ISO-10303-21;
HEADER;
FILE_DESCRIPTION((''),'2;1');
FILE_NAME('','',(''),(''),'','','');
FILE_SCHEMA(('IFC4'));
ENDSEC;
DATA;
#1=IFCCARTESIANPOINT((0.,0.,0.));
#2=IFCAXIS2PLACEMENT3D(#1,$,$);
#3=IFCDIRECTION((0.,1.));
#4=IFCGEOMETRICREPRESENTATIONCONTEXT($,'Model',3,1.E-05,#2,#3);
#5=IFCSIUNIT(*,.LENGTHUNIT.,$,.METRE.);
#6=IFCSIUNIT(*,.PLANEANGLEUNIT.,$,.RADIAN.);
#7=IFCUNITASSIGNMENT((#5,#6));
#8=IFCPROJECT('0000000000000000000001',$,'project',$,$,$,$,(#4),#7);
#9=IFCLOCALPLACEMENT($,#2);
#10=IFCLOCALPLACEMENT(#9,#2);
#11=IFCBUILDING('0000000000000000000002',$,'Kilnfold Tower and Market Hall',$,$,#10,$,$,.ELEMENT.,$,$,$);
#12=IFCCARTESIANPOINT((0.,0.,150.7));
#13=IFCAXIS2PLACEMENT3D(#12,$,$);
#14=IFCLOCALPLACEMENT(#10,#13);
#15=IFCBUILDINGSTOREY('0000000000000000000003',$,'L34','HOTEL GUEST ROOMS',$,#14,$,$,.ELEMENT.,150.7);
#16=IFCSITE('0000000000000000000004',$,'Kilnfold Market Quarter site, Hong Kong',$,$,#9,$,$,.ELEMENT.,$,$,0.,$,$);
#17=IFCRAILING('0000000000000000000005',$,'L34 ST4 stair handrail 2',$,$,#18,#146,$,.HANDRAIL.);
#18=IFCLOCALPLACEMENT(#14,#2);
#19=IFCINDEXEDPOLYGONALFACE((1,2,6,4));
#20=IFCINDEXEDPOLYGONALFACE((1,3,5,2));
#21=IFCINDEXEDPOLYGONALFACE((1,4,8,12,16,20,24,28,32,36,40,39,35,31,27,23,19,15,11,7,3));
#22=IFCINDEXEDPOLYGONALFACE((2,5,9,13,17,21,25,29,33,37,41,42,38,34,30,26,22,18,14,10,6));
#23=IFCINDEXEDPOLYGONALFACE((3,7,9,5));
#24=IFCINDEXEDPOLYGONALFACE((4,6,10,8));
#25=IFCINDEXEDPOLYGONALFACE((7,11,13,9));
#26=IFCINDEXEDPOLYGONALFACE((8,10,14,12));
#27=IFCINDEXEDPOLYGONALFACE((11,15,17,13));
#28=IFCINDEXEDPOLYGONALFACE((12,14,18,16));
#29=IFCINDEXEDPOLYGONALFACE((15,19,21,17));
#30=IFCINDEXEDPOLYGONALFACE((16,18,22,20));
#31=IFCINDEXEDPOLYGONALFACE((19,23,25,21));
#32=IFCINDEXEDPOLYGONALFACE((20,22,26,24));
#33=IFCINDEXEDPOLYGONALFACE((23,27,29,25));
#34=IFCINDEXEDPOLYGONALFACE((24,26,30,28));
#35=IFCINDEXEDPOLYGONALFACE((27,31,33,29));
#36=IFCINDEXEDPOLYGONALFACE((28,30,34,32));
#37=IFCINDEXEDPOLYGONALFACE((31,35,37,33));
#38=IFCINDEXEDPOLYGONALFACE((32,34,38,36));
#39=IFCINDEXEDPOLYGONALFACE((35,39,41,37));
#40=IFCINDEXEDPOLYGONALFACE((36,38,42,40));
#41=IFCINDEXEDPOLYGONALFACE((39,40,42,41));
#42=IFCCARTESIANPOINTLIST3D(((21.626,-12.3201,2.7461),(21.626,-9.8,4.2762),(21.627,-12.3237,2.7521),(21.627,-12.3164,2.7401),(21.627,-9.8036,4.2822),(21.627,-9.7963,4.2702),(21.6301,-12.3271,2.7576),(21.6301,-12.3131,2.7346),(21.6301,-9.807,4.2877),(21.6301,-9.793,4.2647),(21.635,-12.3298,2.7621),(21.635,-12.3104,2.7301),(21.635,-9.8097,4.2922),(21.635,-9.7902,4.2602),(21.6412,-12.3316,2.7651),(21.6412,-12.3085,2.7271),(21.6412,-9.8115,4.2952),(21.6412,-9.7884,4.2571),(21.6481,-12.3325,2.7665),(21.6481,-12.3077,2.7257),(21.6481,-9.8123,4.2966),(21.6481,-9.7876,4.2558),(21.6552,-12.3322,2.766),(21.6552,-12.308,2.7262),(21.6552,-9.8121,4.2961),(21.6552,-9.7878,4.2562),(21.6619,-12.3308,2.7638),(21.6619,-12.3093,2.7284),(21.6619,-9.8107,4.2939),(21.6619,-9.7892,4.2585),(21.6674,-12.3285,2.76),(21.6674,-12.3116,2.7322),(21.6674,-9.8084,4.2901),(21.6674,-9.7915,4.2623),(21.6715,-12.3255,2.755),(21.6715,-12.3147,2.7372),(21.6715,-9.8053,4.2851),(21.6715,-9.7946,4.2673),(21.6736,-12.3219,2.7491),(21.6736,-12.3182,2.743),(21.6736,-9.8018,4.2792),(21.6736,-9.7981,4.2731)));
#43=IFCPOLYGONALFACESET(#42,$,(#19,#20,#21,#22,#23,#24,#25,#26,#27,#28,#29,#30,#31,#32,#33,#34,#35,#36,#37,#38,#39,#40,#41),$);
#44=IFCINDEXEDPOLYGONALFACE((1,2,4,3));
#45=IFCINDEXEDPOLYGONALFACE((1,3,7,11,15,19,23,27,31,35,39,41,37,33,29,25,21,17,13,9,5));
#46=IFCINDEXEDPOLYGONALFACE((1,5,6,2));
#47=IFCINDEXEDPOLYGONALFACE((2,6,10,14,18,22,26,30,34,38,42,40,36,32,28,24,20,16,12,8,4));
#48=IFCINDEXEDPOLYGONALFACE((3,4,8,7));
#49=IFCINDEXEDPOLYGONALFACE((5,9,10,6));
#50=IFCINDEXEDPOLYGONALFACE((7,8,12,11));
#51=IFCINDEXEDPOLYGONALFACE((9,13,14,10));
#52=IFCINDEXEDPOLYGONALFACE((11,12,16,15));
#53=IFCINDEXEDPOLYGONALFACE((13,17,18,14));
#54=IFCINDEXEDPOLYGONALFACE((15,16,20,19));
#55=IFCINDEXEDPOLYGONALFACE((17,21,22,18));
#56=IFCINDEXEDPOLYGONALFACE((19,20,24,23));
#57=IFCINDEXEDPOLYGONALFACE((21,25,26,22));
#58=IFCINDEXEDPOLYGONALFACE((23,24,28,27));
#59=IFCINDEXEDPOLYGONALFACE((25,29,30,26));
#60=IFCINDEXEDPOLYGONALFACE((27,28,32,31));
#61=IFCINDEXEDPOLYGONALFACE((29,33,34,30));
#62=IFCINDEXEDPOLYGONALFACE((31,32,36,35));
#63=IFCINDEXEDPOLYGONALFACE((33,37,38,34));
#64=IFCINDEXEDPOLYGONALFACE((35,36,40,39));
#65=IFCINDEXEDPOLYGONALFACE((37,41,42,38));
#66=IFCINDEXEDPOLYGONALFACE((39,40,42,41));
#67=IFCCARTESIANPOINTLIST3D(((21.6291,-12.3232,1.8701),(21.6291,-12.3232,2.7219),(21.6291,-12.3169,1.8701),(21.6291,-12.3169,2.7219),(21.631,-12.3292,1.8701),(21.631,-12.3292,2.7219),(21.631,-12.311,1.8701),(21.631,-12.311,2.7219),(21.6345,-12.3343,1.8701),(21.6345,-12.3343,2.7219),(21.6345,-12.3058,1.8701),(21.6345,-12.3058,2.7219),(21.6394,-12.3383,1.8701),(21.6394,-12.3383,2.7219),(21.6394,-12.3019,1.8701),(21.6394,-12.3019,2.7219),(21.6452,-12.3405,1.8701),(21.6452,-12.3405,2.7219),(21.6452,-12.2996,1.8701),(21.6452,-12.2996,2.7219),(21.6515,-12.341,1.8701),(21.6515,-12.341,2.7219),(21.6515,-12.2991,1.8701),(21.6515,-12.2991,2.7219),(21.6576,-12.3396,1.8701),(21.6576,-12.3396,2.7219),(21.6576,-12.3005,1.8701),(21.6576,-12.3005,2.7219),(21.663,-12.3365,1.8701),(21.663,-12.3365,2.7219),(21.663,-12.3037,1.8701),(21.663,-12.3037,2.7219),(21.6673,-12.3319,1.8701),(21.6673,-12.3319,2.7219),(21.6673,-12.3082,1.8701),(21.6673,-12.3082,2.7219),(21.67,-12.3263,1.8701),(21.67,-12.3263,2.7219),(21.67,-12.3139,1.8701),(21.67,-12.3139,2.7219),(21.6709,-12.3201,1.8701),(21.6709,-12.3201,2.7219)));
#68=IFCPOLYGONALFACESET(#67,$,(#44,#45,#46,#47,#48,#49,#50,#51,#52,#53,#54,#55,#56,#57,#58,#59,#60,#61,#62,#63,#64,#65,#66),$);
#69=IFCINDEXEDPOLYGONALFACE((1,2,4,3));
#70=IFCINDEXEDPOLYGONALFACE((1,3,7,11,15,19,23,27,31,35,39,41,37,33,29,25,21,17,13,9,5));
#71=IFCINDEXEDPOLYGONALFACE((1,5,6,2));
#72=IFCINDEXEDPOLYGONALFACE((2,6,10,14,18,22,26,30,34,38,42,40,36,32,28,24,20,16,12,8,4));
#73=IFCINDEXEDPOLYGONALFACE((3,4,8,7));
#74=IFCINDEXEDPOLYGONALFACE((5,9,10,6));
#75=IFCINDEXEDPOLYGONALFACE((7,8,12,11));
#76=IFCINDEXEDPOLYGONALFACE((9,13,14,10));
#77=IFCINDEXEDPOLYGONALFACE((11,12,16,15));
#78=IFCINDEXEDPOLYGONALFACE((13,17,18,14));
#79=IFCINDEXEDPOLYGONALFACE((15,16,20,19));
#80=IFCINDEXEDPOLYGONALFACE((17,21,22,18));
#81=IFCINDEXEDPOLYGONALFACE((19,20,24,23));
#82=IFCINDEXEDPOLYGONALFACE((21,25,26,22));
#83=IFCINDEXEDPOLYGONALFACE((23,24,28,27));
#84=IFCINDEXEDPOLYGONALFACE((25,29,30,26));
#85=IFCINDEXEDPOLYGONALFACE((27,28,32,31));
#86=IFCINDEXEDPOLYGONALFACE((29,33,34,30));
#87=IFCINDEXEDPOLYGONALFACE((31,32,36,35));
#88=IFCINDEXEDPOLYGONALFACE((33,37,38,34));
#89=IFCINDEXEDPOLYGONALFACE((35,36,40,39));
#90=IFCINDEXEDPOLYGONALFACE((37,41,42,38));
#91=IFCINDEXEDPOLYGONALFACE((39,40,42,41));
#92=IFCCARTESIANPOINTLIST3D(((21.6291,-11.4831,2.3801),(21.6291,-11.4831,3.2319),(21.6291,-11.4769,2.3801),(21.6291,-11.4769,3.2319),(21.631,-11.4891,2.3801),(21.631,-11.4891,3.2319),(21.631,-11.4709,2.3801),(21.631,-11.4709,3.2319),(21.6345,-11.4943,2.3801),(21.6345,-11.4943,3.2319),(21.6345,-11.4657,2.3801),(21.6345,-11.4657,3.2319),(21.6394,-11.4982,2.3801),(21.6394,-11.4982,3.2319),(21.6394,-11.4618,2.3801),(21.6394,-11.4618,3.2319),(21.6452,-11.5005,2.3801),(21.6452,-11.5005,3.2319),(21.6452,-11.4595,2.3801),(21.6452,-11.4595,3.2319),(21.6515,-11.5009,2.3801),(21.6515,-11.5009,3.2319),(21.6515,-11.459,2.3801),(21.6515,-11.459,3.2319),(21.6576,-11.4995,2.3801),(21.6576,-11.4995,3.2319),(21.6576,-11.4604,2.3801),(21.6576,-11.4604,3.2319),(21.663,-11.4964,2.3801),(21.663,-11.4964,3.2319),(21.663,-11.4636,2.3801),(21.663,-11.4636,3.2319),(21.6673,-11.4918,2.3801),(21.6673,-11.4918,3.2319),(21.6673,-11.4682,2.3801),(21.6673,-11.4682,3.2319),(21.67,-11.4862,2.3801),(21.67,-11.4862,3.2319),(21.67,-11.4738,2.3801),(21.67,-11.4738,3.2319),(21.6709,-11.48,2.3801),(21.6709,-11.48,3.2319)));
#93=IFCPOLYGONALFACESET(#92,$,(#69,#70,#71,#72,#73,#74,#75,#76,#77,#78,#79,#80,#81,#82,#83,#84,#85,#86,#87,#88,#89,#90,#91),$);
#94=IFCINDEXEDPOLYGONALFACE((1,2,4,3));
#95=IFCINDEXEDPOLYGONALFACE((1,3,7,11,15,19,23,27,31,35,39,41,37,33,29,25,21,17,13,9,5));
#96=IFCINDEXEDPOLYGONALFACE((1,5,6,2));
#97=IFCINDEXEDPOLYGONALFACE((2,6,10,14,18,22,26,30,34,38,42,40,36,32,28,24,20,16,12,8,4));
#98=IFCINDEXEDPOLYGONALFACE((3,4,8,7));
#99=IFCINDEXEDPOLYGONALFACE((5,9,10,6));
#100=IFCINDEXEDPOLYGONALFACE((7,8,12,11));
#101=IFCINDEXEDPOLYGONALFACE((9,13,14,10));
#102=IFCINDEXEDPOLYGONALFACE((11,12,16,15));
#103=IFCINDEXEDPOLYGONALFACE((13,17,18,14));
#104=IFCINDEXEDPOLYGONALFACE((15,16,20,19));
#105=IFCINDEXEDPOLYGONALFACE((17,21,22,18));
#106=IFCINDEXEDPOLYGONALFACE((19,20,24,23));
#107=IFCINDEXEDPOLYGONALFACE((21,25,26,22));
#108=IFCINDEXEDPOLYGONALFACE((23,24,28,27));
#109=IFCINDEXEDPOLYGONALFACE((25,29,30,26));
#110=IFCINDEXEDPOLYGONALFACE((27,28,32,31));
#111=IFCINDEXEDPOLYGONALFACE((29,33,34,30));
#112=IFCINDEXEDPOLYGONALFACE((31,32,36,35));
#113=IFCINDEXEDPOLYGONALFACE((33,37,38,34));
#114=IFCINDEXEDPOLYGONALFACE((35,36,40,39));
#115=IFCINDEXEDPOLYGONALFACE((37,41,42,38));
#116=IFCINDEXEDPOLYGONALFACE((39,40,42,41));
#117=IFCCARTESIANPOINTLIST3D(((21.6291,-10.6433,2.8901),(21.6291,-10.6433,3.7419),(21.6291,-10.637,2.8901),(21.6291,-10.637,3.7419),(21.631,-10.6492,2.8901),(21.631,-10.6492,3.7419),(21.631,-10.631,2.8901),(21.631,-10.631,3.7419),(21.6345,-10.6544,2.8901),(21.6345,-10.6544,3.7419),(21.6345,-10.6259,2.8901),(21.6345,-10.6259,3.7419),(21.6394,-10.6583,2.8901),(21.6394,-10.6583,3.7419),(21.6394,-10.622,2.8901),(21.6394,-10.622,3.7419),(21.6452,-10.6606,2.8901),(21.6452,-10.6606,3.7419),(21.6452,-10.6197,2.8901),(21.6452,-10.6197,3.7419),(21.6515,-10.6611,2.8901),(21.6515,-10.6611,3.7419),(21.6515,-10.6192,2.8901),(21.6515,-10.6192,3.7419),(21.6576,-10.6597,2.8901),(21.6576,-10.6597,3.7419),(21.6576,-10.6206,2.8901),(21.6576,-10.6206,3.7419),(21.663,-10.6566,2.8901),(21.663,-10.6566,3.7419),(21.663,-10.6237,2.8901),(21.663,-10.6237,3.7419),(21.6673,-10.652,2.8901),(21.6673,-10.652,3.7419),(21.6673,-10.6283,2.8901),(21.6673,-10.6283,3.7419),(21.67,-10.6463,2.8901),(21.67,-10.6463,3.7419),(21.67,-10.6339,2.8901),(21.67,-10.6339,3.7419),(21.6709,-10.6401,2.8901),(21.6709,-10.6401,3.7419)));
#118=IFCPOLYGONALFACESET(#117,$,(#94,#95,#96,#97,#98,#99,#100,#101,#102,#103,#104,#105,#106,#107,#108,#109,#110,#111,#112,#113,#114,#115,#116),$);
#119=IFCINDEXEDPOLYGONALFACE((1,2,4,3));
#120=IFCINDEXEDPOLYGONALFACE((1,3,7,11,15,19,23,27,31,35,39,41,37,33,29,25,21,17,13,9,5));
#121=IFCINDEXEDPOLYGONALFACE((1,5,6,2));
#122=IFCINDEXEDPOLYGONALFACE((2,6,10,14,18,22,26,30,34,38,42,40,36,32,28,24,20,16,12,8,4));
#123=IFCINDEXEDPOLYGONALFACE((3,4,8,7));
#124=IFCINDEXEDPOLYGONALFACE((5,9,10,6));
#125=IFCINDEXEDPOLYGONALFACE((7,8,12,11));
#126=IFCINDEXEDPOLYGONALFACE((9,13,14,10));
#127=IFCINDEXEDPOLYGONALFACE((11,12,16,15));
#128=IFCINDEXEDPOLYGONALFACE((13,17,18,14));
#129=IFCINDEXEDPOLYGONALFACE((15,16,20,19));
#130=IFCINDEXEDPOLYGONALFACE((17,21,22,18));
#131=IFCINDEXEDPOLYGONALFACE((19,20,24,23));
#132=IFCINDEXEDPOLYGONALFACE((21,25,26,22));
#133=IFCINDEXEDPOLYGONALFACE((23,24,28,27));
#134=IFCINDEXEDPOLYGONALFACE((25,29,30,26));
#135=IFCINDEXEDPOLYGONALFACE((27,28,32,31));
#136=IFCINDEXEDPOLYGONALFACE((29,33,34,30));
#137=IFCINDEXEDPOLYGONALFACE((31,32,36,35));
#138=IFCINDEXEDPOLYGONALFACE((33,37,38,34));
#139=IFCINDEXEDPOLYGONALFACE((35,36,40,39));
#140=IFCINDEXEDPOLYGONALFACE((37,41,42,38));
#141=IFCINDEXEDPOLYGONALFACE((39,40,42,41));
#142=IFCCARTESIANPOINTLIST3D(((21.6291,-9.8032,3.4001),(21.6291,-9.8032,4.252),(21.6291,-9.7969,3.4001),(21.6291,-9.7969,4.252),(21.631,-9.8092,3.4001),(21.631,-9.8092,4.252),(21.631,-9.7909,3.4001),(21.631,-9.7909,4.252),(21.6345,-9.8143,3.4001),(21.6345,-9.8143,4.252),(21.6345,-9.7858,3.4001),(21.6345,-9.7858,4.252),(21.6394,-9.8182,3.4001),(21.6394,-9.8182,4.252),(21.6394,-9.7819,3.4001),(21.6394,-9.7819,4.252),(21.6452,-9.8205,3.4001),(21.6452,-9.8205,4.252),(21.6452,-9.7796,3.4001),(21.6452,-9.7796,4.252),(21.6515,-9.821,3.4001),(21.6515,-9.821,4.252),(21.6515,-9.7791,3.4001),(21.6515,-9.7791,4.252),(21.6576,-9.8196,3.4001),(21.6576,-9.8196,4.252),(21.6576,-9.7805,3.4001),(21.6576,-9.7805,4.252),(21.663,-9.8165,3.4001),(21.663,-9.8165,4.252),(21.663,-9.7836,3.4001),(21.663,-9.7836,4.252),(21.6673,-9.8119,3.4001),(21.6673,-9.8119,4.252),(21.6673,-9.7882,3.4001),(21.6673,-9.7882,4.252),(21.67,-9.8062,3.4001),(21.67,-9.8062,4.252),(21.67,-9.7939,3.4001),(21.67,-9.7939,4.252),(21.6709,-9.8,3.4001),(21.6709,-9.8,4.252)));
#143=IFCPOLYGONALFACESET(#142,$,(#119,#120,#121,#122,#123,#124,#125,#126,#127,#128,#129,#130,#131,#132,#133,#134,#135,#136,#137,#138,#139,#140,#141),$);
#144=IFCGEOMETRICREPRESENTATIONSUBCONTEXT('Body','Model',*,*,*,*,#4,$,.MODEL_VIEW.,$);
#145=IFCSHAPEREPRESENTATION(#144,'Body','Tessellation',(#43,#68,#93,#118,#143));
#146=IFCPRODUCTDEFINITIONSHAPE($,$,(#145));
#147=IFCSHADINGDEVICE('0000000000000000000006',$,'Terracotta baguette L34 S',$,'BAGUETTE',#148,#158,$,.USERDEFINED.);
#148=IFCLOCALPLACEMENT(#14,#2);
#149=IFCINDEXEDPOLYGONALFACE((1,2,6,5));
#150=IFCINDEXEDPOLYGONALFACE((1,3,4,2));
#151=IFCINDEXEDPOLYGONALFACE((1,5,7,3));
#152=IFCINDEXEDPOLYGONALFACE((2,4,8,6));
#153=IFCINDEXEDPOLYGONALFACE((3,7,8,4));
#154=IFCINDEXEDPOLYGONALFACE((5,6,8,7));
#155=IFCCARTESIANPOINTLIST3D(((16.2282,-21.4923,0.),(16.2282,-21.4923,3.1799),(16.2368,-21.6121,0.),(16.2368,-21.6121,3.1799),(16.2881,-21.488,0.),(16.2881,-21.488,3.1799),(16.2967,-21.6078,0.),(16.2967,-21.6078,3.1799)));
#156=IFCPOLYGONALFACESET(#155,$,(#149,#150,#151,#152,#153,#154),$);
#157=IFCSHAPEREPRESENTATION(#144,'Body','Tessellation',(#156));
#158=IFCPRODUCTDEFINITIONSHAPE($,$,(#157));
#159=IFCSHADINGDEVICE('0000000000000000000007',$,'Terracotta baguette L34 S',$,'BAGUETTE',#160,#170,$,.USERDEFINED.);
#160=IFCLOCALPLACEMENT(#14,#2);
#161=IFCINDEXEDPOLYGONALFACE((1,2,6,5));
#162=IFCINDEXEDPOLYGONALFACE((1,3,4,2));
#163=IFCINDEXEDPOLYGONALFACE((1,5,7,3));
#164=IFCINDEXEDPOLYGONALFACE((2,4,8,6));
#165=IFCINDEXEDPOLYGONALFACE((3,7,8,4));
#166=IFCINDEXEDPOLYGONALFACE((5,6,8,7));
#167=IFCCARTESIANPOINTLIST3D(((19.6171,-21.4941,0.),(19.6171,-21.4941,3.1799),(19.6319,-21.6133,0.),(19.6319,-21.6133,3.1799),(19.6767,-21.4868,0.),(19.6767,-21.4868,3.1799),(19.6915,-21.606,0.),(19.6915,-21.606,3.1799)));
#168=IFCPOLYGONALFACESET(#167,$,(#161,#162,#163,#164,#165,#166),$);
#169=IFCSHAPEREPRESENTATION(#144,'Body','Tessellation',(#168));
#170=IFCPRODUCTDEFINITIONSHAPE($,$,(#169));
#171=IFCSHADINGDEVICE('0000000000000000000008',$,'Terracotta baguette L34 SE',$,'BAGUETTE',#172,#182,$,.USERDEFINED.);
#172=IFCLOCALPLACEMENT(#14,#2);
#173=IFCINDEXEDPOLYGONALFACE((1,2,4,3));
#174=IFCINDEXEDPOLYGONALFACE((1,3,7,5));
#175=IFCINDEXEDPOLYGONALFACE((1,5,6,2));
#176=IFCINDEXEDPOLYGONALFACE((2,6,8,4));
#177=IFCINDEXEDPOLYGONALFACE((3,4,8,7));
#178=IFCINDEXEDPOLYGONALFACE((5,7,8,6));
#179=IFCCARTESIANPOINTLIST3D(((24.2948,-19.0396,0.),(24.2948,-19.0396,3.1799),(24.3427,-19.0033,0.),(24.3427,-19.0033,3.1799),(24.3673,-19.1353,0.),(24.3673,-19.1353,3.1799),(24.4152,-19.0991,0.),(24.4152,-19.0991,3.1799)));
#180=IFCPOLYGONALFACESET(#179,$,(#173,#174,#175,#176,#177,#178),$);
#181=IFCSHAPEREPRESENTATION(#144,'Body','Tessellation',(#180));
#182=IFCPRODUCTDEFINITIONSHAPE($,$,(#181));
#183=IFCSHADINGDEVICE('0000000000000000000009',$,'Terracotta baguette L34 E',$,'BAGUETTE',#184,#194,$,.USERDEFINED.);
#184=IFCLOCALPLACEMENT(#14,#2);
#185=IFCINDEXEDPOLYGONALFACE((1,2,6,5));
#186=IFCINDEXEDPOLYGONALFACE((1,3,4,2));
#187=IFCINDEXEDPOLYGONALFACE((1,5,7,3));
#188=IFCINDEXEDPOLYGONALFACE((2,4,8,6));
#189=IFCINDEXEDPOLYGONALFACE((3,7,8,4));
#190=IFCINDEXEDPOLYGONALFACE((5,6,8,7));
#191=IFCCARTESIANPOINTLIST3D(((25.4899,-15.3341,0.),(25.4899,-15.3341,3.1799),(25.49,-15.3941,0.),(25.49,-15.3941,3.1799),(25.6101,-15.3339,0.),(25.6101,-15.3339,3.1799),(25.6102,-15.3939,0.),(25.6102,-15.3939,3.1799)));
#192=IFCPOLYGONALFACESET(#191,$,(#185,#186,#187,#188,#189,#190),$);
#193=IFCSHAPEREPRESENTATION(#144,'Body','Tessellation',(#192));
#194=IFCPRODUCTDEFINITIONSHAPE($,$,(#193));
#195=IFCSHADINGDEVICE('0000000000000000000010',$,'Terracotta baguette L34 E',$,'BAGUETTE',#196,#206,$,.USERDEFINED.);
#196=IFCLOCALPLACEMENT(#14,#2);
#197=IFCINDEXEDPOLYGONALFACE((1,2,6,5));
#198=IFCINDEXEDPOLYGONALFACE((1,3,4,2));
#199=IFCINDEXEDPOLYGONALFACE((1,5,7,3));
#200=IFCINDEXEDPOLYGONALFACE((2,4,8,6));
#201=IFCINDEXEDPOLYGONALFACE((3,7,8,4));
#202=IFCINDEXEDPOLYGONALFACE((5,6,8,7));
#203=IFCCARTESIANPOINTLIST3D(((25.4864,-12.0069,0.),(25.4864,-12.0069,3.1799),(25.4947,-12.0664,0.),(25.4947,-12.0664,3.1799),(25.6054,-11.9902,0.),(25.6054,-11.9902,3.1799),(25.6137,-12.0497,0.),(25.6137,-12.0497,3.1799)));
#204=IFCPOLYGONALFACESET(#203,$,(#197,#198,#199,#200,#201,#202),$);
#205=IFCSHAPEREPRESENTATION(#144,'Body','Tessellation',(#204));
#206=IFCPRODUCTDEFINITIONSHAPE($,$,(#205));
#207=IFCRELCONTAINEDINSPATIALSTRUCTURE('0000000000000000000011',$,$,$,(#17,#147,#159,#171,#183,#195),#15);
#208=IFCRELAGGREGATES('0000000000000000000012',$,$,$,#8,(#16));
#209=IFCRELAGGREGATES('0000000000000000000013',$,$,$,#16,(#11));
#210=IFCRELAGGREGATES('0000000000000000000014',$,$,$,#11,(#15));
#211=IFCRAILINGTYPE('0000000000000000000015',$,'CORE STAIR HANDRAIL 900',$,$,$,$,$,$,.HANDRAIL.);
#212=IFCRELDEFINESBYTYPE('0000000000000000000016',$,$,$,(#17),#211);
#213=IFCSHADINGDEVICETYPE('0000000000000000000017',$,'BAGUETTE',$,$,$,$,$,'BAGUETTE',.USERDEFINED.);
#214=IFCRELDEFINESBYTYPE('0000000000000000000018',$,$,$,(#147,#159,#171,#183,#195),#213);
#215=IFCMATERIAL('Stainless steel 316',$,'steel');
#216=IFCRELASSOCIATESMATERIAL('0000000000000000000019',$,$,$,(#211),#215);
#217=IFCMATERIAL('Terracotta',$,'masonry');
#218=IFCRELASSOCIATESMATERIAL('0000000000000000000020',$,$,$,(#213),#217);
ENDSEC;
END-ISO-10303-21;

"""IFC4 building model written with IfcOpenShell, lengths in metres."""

from ifc_helpers import new_model, si_unit, direction, frame, origin, origin_2d, place, context, subcontext, project, spatial, rectangle, circle, extrude, source, transform, mapped, material, material_profile, profile_set, type_object, element, save


model = new_model("IFC4")

# Units and contexts
model_context = context("Model", 3, precision=1e-05, world=origin(), true_north=direction((0.0, 1.0)))
body_context = subcontext(model_context, "Body", "Model", "MODEL_VIEW")
ifc_project = project(units=[si_unit("LENGTHUNIT", "METRE"), si_unit("PLANEANGLEUNIT", "RADIAN")], contexts=[model_context])

# Site, building, storey
site_placement = place(None, origin())
site = spatial("IfcSite", under=ifc_project, at=site_placement, Name="Kilnfold Market Quarter site, Hong Kong", CompositionType="ELEMENT", RefElevation=0.0)
building_placement = place(site_placement, origin())
building = spatial("IfcBuilding", under=site, at=building_placement, Name="Kilnfold Tower and Market Hall", CompositionType="ELEMENT")
storey_placement = place(building_placement, frame((0.0, 0.0, 150.7)))
storey = spatial("IfcBuildingStorey", under=building, at=storey_placement, Name="L34", Description="HOTEL GUEST ROOMS", CompositionType="ELEMENT", Elevation=150.7)

# Railing
ifc_material_1 = material(Name="Stainless steel 316", Category="steel")
railing_type_1 = type_object("IfcRailingType", Name="CORE STAIR HANDRAIL 900", PredefinedType="HANDRAIL", material=ifc_material_1)
railing_1_placement = place(storey_placement, frame((21.6499, -12.3201, 1.8701)))
element("IfcRailing", 1, at=railing_1_placement, inside=storey, type_object=railing_type_1, Name="L34 ST4 stair handrail 2", PredefinedType="HANDRAIL", context=body_context, shape_type="SweptSolid", body=[
    extrude(circle(Radius=0.0239, at=origin_2d()), frame((0.0, 0.0, 0.876), z_axis=(0.0, 0.854785, 0.518982), x_axis=(-1.0, 0.0, 0.0)), (0.0, 0.0, 1.0), 2.9482),
    extrude(circle(Radius=0.021, at=origin_2d()), origin(), (0.0, 0.0, 1.0), 0.8518),
    extrude(circle(Radius=0.021, at=origin_2d()), frame((0.0, 0.8401, 0.51)), (0.0, 0.0, 1.0), 0.8518),
    extrude(circle(Radius=0.021, at=origin_2d()), frame((0.0, 1.6799, 1.02)), (0.0, 0.0, 1.0), 0.8518),
    extrude(circle(Radius=0.021, at=origin_2d()), frame((0.0, 2.52, 1.53)), (0.0, 0.0, 1.0), 0.8518),
])

# Shading devices
ifc_material_2 = material(Name="Terracotta", Category="masonry")
ifc_material_profile_1 = material_profile(ifc_material_2, rectangle(XDim=0.0601, YDim=0.1201, at=origin_2d()), Name="BAG 60x120")
ifc_profile_set_1 = profile_set([ifc_material_profile_1], Name="Terracotta")
shading_device_type = type_object("IfcShadingDeviceType", Name="BAGUETTE", ElementType="BAGUETTE", PredefinedType="USERDEFINED", material=ifc_profile_set_1)
shared_shape_1 = source(origin(), body_context, "Body", "SweptSolid", [
    extrude(rectangle(XDim=0.0601, YDim=0.1201, at=origin_2d()), origin(), (0.0, 0.0, 1.0), 3.1799),
])
for number, where, z_axis, x_axis, name in (
    (2, (16.2625, -21.55, 0.0), (0.0, 0.0, 1.0), (0.997419, 0.071795, 0.0), "Terracotta baguette L34 S"),
    (3, (19.6543, -21.55, 0.0), (0.0, 0.0, 1.0), (0.992437, 0.122758, 0.0), "Terracotta baguette L34 S"),
    (4, (24.355, -19.0693, 0.0), (0.0, 0.0, 1.0), (0.797115, 0.603827, 0.0), "Terracotta baguette L34 SE"),
    (5, (25.55, -15.364, 0.0), (0.0, 0.0, 1.0), (-0.001738, 0.999998, 0.0), "Terracotta baguette L34 E"),
    (6, (25.55, -12.0283, 0.0), (0.0, 0.0, 1.0), (-0.138914, 0.990304, 0.0), "Terracotta baguette L34 E"),
):
    element("IfcShadingDevice", number, at=place(storey_placement, frame(where, z_axis=z_axis, x_axis=x_axis)), inside=storey, type_object=shading_device_type, Name=name, ObjectType="BAGUETTE", PredefinedType="USERDEFINED", context=body_context, shape_type="MappedRepresentation", body=[
        mapped(shared_shape_1, transform((0.0, 0.0, 0.0))),
    ])

save(model, "model.ifc")
